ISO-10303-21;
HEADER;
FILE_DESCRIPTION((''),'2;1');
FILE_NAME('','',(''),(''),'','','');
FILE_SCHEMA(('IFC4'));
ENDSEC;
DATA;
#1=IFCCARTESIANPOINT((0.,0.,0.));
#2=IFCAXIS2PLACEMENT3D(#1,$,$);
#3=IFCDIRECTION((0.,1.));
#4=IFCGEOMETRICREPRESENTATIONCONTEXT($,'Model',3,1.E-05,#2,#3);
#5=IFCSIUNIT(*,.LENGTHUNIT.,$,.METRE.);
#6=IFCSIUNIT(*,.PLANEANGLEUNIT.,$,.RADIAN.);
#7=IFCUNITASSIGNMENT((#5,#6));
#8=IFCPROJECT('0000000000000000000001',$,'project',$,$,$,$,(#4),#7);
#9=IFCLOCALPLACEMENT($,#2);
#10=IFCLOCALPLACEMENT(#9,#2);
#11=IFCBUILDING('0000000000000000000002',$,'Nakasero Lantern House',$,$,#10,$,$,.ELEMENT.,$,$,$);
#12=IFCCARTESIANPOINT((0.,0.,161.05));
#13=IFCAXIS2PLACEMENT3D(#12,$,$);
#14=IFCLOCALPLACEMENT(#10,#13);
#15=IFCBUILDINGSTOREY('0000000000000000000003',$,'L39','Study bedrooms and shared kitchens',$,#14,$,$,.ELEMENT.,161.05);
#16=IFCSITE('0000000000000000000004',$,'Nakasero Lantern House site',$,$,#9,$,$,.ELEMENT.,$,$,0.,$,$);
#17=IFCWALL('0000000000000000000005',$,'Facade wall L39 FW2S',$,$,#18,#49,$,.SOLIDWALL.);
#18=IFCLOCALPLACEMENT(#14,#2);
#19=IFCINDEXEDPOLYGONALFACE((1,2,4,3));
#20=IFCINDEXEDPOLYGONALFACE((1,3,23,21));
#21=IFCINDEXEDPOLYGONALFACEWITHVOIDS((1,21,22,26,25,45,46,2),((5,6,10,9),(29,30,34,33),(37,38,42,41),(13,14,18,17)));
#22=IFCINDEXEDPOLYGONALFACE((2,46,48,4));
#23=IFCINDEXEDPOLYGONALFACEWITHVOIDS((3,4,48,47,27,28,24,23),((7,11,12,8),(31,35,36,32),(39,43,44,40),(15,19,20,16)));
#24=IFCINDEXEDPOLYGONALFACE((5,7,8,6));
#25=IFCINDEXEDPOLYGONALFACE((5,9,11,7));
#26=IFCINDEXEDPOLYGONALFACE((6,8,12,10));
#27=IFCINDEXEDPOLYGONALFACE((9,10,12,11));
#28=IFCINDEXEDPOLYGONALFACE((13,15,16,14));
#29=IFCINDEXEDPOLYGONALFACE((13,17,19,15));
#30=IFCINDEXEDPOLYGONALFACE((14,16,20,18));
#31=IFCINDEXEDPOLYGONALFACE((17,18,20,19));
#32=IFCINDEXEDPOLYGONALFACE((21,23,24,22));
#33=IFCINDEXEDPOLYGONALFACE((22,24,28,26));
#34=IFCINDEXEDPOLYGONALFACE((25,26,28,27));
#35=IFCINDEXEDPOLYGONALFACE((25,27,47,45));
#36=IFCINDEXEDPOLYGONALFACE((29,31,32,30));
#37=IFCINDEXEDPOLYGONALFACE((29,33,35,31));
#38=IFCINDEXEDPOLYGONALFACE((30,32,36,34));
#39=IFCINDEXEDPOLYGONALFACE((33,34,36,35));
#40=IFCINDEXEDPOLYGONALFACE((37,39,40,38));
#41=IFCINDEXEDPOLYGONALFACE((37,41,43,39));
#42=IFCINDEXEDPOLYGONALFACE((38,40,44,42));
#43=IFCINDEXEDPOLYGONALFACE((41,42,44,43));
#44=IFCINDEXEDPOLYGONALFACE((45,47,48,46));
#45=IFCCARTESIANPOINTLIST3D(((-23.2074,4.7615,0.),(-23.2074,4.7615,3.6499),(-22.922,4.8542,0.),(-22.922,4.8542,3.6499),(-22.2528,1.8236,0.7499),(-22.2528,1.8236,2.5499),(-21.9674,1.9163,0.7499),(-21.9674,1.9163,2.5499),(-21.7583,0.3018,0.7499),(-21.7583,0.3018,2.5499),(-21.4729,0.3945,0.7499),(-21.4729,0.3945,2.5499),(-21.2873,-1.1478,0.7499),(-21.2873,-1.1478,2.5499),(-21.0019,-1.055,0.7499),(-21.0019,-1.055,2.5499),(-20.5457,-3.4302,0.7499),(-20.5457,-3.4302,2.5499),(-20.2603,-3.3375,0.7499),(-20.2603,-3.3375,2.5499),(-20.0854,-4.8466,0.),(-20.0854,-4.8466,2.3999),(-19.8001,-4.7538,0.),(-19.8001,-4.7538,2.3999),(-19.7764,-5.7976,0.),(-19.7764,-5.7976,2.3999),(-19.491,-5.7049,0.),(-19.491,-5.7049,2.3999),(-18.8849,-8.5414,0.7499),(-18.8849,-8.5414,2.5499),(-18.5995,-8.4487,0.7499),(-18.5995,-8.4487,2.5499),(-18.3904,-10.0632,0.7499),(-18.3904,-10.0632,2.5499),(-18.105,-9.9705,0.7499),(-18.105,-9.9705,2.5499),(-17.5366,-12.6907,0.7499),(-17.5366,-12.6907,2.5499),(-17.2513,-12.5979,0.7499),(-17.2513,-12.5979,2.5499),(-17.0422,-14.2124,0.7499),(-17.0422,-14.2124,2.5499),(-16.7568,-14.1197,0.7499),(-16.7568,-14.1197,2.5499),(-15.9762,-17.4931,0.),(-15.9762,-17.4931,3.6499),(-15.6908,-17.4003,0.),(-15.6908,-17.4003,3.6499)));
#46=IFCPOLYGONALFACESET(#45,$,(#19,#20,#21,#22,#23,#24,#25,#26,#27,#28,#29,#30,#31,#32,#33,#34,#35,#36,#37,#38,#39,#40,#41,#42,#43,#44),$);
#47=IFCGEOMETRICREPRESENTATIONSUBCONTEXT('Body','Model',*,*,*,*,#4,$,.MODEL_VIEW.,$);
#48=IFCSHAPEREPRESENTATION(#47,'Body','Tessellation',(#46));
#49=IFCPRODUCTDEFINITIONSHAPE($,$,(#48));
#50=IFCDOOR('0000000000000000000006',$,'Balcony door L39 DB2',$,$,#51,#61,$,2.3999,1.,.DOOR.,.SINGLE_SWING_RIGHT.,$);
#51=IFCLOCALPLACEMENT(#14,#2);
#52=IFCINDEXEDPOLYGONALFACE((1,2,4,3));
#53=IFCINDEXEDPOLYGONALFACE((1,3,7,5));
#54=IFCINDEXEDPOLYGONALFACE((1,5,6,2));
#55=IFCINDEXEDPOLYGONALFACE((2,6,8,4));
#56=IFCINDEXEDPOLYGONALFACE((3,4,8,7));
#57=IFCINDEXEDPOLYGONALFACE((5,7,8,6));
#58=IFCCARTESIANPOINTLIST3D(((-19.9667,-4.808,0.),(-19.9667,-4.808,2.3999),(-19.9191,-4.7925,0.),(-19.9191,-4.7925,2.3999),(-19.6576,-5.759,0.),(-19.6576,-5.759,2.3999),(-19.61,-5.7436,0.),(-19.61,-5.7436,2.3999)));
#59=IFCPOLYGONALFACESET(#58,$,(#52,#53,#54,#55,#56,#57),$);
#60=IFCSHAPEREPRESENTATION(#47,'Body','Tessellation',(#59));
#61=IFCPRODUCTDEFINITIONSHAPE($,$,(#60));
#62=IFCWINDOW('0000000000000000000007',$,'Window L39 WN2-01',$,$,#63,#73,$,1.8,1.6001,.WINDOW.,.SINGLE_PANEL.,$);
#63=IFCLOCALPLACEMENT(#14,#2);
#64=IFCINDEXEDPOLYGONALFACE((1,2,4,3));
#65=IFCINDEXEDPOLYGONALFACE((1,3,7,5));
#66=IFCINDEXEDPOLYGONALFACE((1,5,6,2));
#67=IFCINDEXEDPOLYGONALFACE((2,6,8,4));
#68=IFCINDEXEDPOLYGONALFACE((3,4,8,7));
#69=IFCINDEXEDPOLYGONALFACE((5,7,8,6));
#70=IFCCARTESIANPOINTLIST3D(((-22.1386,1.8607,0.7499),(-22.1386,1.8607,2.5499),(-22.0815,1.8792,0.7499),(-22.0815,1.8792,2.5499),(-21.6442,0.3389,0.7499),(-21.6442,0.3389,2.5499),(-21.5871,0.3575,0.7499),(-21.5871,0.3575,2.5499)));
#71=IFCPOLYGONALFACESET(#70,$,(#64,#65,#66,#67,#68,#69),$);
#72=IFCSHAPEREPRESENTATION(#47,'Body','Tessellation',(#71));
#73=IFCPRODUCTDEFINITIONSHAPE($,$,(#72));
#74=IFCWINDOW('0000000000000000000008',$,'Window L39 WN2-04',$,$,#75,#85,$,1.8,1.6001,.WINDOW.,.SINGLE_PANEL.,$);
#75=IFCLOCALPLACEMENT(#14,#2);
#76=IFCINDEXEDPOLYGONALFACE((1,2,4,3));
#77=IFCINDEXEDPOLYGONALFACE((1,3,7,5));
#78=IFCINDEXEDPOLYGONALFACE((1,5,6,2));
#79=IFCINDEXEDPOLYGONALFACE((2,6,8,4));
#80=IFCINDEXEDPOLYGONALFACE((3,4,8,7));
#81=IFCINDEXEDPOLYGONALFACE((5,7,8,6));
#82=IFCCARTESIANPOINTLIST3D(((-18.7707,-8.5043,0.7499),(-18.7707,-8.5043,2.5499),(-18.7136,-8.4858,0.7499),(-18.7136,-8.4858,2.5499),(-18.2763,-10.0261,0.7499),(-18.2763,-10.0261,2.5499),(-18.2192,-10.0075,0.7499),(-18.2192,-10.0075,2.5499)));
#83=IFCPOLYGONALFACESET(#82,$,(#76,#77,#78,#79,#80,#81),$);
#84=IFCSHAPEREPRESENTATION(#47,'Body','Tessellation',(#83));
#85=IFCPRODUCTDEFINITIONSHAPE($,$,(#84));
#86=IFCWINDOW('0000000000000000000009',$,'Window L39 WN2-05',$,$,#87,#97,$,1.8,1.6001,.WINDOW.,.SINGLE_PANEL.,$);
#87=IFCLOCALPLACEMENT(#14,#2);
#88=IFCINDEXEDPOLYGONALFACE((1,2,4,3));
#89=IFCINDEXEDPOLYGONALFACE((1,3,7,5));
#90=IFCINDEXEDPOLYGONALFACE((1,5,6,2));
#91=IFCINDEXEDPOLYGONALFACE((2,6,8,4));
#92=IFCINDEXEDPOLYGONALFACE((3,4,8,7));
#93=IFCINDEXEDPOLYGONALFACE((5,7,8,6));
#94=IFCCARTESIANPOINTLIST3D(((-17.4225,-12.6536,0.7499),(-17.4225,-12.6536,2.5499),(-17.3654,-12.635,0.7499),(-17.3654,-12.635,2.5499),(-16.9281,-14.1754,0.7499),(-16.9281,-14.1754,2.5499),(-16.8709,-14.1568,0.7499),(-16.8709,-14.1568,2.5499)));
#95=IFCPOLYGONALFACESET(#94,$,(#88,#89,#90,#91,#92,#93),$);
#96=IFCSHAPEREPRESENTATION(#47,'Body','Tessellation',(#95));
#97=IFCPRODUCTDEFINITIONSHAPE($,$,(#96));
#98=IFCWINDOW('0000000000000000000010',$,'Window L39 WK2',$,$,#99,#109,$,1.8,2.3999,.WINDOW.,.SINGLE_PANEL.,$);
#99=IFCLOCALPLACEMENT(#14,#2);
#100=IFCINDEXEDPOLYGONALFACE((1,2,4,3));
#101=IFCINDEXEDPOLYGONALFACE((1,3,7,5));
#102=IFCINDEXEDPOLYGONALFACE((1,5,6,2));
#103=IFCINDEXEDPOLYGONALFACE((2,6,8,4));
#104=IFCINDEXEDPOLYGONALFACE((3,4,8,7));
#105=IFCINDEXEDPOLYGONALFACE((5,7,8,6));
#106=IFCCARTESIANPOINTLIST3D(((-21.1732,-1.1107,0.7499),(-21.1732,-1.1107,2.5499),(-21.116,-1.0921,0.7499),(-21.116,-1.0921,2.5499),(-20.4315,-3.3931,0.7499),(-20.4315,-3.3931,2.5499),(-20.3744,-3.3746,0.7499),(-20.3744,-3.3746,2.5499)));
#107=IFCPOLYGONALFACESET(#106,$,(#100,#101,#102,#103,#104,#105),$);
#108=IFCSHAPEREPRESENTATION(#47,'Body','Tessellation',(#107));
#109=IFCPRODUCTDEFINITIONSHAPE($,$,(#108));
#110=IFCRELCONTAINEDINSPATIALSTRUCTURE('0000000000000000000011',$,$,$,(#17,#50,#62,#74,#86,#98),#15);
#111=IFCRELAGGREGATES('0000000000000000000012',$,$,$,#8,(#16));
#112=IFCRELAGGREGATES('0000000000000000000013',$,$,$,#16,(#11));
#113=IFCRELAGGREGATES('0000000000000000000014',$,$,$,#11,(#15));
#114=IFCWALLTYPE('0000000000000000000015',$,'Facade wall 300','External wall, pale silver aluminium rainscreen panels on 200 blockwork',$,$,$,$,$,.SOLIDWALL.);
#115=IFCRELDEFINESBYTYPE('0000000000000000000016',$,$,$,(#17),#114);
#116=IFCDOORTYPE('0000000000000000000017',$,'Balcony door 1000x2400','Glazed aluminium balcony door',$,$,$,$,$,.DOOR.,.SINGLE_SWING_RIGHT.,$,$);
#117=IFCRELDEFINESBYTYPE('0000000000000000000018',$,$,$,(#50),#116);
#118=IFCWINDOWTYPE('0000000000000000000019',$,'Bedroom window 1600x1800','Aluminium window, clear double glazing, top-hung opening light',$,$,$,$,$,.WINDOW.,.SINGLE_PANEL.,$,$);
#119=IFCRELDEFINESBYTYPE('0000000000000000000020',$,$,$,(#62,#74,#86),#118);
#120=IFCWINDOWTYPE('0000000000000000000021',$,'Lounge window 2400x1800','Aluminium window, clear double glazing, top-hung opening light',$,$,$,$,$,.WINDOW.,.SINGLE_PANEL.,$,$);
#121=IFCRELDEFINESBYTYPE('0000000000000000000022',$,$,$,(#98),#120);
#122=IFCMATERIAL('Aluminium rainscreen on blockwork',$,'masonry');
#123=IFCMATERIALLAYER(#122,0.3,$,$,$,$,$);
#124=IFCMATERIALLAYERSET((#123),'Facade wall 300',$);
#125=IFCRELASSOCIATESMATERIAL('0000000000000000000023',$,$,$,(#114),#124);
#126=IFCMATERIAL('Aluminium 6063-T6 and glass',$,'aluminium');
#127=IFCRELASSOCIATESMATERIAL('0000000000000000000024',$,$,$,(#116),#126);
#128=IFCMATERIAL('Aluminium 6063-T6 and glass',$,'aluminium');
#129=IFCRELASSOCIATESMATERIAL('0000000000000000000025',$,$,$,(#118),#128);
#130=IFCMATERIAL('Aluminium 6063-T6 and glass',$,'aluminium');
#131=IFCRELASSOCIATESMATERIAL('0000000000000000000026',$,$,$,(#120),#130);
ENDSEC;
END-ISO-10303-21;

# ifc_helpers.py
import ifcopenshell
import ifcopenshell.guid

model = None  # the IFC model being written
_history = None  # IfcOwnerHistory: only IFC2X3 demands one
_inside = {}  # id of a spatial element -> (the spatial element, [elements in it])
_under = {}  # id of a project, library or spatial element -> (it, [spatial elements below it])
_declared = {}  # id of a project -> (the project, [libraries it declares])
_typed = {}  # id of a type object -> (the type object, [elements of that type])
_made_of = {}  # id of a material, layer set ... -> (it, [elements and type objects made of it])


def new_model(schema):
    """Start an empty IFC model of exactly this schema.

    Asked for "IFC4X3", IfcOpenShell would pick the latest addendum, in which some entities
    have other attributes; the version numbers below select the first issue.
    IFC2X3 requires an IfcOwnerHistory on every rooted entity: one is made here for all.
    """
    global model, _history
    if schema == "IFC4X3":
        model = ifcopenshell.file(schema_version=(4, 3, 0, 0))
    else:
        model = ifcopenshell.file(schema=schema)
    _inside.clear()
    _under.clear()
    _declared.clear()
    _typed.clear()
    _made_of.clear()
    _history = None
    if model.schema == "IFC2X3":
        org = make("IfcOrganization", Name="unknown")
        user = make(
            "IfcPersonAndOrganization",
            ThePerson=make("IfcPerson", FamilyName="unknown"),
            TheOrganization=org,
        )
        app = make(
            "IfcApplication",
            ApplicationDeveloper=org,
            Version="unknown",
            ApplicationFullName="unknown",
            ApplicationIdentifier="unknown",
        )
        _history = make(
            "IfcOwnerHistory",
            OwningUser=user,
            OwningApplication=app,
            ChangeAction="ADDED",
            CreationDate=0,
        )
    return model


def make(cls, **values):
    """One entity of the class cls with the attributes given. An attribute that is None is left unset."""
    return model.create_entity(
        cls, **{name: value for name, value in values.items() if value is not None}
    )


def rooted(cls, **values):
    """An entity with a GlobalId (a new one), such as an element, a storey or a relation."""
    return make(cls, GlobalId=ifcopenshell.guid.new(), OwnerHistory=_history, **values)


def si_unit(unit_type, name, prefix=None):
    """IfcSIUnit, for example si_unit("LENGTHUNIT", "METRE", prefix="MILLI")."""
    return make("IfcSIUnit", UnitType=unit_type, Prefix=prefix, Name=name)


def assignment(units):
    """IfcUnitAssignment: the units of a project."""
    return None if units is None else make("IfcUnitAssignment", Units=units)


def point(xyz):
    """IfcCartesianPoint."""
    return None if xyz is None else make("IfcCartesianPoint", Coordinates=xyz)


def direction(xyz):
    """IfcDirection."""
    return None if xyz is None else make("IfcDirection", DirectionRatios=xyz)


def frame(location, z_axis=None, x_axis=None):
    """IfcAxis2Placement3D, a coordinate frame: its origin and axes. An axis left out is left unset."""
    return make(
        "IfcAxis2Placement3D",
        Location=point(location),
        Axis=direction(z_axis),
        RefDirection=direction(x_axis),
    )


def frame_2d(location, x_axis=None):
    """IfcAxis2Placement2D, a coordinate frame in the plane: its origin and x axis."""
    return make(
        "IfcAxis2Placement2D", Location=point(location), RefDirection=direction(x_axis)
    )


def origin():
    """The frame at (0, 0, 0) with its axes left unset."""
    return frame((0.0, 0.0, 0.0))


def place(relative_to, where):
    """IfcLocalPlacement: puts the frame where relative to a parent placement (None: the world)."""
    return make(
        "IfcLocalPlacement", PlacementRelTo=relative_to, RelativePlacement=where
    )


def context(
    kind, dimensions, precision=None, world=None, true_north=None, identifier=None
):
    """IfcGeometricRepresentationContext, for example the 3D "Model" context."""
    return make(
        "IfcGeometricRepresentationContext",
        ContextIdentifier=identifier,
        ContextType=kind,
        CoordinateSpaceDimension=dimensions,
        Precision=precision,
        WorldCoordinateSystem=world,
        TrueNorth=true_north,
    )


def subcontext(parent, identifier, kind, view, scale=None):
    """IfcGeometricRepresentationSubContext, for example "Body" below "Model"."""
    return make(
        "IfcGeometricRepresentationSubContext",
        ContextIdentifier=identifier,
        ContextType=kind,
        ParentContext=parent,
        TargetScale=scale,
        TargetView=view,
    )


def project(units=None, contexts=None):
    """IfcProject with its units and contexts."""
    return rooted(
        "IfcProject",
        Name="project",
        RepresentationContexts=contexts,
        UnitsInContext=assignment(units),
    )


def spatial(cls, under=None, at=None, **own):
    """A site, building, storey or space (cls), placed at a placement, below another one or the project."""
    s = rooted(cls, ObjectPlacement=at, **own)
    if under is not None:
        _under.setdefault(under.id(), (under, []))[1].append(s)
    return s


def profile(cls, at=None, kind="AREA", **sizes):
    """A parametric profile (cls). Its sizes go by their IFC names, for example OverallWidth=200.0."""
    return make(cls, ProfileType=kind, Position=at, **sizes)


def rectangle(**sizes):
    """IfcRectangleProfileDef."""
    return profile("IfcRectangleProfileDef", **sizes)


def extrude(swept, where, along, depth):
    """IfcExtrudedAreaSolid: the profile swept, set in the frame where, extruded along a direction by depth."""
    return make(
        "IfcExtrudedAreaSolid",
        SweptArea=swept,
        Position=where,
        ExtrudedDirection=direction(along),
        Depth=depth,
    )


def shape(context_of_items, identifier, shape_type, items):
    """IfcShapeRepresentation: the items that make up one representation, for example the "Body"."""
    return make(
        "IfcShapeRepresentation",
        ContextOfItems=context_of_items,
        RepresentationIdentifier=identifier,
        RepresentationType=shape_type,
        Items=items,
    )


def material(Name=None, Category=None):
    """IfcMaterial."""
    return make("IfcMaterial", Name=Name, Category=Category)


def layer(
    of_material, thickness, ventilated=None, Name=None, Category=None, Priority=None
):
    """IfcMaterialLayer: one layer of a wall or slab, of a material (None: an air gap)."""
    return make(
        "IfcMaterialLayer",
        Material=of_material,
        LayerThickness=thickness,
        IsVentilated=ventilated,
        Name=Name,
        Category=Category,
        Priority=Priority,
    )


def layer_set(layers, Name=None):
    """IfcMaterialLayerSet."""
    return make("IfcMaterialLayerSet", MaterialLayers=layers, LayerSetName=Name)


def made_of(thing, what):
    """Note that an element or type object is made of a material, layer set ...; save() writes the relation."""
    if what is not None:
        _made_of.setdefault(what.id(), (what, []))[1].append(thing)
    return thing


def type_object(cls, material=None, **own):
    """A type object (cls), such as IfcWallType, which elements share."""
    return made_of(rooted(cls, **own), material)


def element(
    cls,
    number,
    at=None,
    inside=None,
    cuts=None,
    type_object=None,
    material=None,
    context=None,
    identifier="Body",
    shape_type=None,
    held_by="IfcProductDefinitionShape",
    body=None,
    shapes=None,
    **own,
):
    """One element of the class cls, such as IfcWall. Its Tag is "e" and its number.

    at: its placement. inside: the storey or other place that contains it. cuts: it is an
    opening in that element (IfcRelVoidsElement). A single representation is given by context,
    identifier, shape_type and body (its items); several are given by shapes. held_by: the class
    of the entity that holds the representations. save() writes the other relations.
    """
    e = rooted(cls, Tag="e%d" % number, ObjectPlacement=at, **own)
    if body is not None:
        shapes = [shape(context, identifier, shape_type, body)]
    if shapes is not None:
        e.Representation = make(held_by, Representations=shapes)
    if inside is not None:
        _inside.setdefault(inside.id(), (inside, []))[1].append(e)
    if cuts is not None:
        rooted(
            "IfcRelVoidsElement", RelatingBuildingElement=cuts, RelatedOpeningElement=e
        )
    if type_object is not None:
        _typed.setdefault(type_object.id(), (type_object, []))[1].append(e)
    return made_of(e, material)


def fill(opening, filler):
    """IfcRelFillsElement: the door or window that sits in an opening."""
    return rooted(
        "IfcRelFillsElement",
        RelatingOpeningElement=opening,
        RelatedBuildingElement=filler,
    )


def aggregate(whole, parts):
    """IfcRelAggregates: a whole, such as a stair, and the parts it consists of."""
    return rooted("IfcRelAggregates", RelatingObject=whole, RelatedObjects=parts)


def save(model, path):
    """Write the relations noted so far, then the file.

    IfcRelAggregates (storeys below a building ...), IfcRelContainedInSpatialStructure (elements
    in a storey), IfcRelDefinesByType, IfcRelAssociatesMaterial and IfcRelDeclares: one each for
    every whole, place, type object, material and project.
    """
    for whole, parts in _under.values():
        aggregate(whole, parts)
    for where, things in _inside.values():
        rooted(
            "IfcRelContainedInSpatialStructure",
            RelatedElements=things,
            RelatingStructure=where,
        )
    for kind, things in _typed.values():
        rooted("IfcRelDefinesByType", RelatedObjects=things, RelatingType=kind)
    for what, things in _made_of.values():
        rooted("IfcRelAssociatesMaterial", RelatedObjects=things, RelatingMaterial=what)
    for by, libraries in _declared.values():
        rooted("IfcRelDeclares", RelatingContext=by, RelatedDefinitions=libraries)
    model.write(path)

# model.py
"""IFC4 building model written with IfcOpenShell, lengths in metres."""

from ifc_helpers import new_model, si_unit, direction, frame, frame_2d, origin, place, context, subcontext, project, spatial, rectangle, extrude, material, layer, layer_set, type_object, element, fill, save


model = new_model("IFC4")

# Units and contexts
model_context = context("Model", 3, precision=1e-05, world=origin(), true_north=direction((0.0, 1.0)))
body_context = subcontext(model_context, "Body", "Model", "MODEL_VIEW")
ifc_project = project(units=[si_unit("LENGTHUNIT", "METRE"), si_unit("PLANEANGLEUNIT", "RADIAN")], contexts=[model_context])

# Site, building, storey
site_placement = place(None, origin())
site = spatial("IfcSite", under=ifc_project, at=site_placement, Name="Nakasero Lantern House site", CompositionType="ELEMENT", RefElevation=0.0)
building_placement = place(site_placement, origin())
building = spatial("IfcBuilding", under=site, at=building_placement, Name="Nakasero Lantern House", CompositionType="ELEMENT")
storey_placement = place(building_placement, frame((0.0, 0.0, 161.05)))
storey = spatial("IfcBuildingStorey", under=building, at=storey_placement, Name="L39", Description="Study bedrooms and shared kitchens", CompositionType="ELEMENT", Elevation=161.05)

# Wall, openings, door, windows
ifc_material_1 = material(Name="Aluminium rainscreen on blockwork", Category="masonry")
ifc_layer_1 = layer(ifc_material_1, 0.3)
ifc_layer_set_1 = layer_set([ifc_layer_1], Name="Facade wall 300")
wall_type_1 = type_object("IfcWallType", Name="Facade wall 300", Description="External wall, pale silver aluminium rainscreen panels on 200 blockwork", PredefinedType="SOLIDWALL", material=ifc_layer_set_1)
wall_1_placement = place(storey_placement, frame((-23.0647, 4.8079, 0.0), z_axis=(0.0, 0.0, 1.0), x_axis=(0.309026, -0.951054, 0.0)))
wall_1 = element("IfcWall", 1, at=wall_1_placement, inside=storey, type_object=wall_type_1, Name="Facade wall L39 FW2S", PredefinedType="SOLIDWALL", context=body_context, shape_type="SweptSolid", body=[
    extrude(rectangle(XDim=23.3999, YDim=0.3, at=frame_2d((11.7, 0.0))), origin(), (0.0, 0.0, 1.0), 3.6499),
])
opening_1_placement = place(wall_1_placement, frame((3.0891, 0.0, 0.75)))
opening_1 = element("IfcOpeningElement", 2, at=opening_1_placement, cuts=wall_1, PredefinedType="OPENING", context=body_context, shape_type="SweptSolid", body=[
    extrude(rectangle(XDim=1.6001, YDim=1.8, at=frame_2d((0.8, 0.8999))), frame((0.0, 0.1699, 0.0), z_axis=(0.0, -1.0, 0.0), x_axis=(1.0, 0.0, 0.0)), (0.0, 0.0, 1.0), 0.3401),
])
opening_2_placement = place(wall_1_placement, frame((13.9875, 0.0, 0.75)))
opening_2 = element("IfcOpeningElement", 3, at=opening_2_placement, cuts=wall_1, PredefinedType="OPENING", context=body_context, shape_type="SweptSolid", body=[
    extrude(rectangle(XDim=1.6001, YDim=1.8, at=frame_2d((0.8, 0.8999))), frame((0.0, 0.1699, 0.0), z_axis=(0.0, -1.0, 0.0), x_axis=(1.0, 0.0, 0.0)), (0.0, 0.0, 1.0), 0.3401),
])
opening_3_placement = place(wall_1_placement, frame((18.3503, 0.0, 0.75)))
opening_3 = element("IfcOpeningElement", 4, at=opening_3_placement, cuts=wall_1, PredefinedType="OPENING", context=body_context, shape_type="SweptSolid", body=[
    extrude(rectangle(XDim=1.6001, YDim=1.8, at=frame_2d((0.8, 0.8999))), frame((0.0, 0.1699, 0.0), z_axis=(0.0, -1.0, 0.0), x_axis=(1.0, 0.0, 0.0)), (0.0, 0.0, 1.0), 0.3401),
])
opening_4_placement = place(wall_1_placement, frame((6.2134, 0.0, 0.75)))
opening_4 = element("IfcOpeningElement", 5, at=opening_4_placement, cuts=wall_1, PredefinedType="OPENING", context=body_context, shape_type="SweptSolid", body=[
    extrude(rectangle(XDim=2.3999, YDim=1.8, at=frame_2d((1.2, 0.8999))), frame((0.0, 0.1699, 0.0), z_axis=(0.0, -1.0, 0.0), x_axis=(1.0, 0.0, 0.0)), (0.0, 0.0, 1.0), 0.3401),
])
opening_5_placement = place(wall_1_placement, frame((10.1025, 0.0, 0.0)))
opening_5 = element("IfcOpeningElement", 6, at=opening_5_placement, cuts=wall_1, PredefinedType="OPENING", context=body_context, shape_type="SweptSolid", body=[
    extrude(rectangle(XDim=1.0, YDim=2.3999, at=frame_2d((0.5, 1.2))), frame((0.0, 0.1699, 0.0), z_axis=(0.0, -1.0, 0.0), x_axis=(1.0, 0.0, 0.0)), (0.0, 0.0, 1.0), 0.3401),
])
ifc_material_2 = material(Name="Aluminium 6063-T6 and glass", Category="aluminium")
door_type_1 = type_object("IfcDoorType", Name="Balcony door 1000x2400", Description="Glazed aluminium balcony door", OperationType="SINGLE_SWING_RIGHT", PredefinedType="DOOR", material=ifc_material_2)
door_1_placement = place(opening_5_placement, origin())
door_1 = element("IfcDoor", 7, at=door_1_placement, inside=storey, type_object=door_type_1, Name="Balcony door L39 DB2", OperationType="SINGLE_SWING_RIGHT", OverallHeight=2.3999, OverallWidth=1.0, PredefinedType="DOOR", context=body_context, shape_type="SweptSolid", body=[
    extrude(rectangle(XDim=1.0, YDim=2.3999, at=frame_2d((0.5, 1.2))), frame((0.0, 0.0249, 0.0), z_axis=(0.0, -1.0, 0.0), x_axis=(1.0, 0.0, 0.0)), (0.0, 0.0, 1.0), 0.05),
])
fill(opening_5, door_1)
ifc_material_3 = material(Name="Aluminium 6063-T6 and glass", Category="aluminium")
window_type_1 = type_object("IfcWindowType", Name="Bedroom window 1600x1800", Description="Aluminium window, clear double glazing, top-hung opening light", PartitioningType="SINGLE_PANEL", PredefinedType="WINDOW", material=ifc_material_3)
window_1_placement = place(opening_1_placement, origin())
window_1 = element("IfcWindow", 8, at=window_1_placement, inside=storey, type_object=window_type_1, Name="Window L39 WN2-01", OverallHeight=1.8, OverallWidth=1.6001, PartitioningType="SINGLE_PANEL", PredefinedType="WINDOW", context=body_context, shape_type="SweptSolid", body=[
    extrude(rectangle(XDim=1.6001, YDim=1.8, at=frame_2d((0.8, 0.8999))), frame((0.0, 0.03, 0.0), z_axis=(0.0, -1.0, 0.0), x_axis=(1.0, 0.0, 0.0)), (0.0, 0.0, 1.0), 0.0601),
])
fill(opening_1, window_1)
window_2_placement = place(opening_2_placement, origin())
window_2 = element("IfcWindow", 9, at=window_2_placement, inside=storey, type_object=window_type_1, Name="Window L39 WN2-04", OverallHeight=1.8, OverallWidth=1.6001, PartitioningType="SINGLE_PANEL", PredefinedType="WINDOW", context=body_context, shape_type="SweptSolid", body=[
    extrude(rectangle(XDim=1.6001, YDim=1.8, at=frame_2d((0.8, 0.8999))), frame((0.0, 0.03, 0.0), z_axis=(0.0, -1.0, 0.0), x_axis=(1.0, 0.0, 0.0)), (0.0, 0.0, 1.0), 0.0601),
])
fill(opening_2, window_2)
window_3_placement = place(opening_3_placement, origin())
window_3 = element("IfcWindow", 10, at=window_3_placement, inside=storey, type_object=window_type_1, Name="Window L39 WN2-05", OverallHeight=1.8, OverallWidth=1.6001, PartitioningType="SINGLE_PANEL", PredefinedType="WINDOW", context=body_context, shape_type="SweptSolid", body=[
    extrude(rectangle(XDim=1.6001, YDim=1.8, at=frame_2d((0.8, 0.8999))), frame((0.0, 0.03, 0.0), z_axis=(0.0, -1.0, 0.0), x_axis=(1.0, 0.0, 0.0)), (0.0, 0.0, 1.0), 0.0601),
])
fill(opening_3, window_3)
ifc_material_4 = material(Name="Aluminium 6063-T6 and glass", Category="aluminium")
window_type_2 = type_object("IfcWindowType", Name="Lounge window 2400x1800", Description="Aluminium window, clear double glazing, top-hung opening light", PartitioningType="SINGLE_PANEL", PredefinedType="WINDOW", material=ifc_material_4)
window_4_placement = place(opening_4_placement, origin())
window_4 = element("IfcWindow", 11, at=window_4_placement, inside=storey, type_object=window_type_2, Name="Window L39 WK2", OverallHeight=1.8, OverallWidth=2.3999, PartitioningType="SINGLE_PANEL", PredefinedType="WINDOW", context=body_context, shape_type="SweptSolid", body=[
    extrude(rectangle(XDim=2.3999, YDim=1.8, at=frame_2d((1.2, 0.8999))), frame((0.0, 0.03, 0.0), z_axis=(0.0, -1.0, 0.0), x_axis=(1.0, 0.0, 0.0)), (0.0, 0.0, 1.0), 0.0601),
])
fill(opening_4, window_4)

save(model, "model.ifc")
